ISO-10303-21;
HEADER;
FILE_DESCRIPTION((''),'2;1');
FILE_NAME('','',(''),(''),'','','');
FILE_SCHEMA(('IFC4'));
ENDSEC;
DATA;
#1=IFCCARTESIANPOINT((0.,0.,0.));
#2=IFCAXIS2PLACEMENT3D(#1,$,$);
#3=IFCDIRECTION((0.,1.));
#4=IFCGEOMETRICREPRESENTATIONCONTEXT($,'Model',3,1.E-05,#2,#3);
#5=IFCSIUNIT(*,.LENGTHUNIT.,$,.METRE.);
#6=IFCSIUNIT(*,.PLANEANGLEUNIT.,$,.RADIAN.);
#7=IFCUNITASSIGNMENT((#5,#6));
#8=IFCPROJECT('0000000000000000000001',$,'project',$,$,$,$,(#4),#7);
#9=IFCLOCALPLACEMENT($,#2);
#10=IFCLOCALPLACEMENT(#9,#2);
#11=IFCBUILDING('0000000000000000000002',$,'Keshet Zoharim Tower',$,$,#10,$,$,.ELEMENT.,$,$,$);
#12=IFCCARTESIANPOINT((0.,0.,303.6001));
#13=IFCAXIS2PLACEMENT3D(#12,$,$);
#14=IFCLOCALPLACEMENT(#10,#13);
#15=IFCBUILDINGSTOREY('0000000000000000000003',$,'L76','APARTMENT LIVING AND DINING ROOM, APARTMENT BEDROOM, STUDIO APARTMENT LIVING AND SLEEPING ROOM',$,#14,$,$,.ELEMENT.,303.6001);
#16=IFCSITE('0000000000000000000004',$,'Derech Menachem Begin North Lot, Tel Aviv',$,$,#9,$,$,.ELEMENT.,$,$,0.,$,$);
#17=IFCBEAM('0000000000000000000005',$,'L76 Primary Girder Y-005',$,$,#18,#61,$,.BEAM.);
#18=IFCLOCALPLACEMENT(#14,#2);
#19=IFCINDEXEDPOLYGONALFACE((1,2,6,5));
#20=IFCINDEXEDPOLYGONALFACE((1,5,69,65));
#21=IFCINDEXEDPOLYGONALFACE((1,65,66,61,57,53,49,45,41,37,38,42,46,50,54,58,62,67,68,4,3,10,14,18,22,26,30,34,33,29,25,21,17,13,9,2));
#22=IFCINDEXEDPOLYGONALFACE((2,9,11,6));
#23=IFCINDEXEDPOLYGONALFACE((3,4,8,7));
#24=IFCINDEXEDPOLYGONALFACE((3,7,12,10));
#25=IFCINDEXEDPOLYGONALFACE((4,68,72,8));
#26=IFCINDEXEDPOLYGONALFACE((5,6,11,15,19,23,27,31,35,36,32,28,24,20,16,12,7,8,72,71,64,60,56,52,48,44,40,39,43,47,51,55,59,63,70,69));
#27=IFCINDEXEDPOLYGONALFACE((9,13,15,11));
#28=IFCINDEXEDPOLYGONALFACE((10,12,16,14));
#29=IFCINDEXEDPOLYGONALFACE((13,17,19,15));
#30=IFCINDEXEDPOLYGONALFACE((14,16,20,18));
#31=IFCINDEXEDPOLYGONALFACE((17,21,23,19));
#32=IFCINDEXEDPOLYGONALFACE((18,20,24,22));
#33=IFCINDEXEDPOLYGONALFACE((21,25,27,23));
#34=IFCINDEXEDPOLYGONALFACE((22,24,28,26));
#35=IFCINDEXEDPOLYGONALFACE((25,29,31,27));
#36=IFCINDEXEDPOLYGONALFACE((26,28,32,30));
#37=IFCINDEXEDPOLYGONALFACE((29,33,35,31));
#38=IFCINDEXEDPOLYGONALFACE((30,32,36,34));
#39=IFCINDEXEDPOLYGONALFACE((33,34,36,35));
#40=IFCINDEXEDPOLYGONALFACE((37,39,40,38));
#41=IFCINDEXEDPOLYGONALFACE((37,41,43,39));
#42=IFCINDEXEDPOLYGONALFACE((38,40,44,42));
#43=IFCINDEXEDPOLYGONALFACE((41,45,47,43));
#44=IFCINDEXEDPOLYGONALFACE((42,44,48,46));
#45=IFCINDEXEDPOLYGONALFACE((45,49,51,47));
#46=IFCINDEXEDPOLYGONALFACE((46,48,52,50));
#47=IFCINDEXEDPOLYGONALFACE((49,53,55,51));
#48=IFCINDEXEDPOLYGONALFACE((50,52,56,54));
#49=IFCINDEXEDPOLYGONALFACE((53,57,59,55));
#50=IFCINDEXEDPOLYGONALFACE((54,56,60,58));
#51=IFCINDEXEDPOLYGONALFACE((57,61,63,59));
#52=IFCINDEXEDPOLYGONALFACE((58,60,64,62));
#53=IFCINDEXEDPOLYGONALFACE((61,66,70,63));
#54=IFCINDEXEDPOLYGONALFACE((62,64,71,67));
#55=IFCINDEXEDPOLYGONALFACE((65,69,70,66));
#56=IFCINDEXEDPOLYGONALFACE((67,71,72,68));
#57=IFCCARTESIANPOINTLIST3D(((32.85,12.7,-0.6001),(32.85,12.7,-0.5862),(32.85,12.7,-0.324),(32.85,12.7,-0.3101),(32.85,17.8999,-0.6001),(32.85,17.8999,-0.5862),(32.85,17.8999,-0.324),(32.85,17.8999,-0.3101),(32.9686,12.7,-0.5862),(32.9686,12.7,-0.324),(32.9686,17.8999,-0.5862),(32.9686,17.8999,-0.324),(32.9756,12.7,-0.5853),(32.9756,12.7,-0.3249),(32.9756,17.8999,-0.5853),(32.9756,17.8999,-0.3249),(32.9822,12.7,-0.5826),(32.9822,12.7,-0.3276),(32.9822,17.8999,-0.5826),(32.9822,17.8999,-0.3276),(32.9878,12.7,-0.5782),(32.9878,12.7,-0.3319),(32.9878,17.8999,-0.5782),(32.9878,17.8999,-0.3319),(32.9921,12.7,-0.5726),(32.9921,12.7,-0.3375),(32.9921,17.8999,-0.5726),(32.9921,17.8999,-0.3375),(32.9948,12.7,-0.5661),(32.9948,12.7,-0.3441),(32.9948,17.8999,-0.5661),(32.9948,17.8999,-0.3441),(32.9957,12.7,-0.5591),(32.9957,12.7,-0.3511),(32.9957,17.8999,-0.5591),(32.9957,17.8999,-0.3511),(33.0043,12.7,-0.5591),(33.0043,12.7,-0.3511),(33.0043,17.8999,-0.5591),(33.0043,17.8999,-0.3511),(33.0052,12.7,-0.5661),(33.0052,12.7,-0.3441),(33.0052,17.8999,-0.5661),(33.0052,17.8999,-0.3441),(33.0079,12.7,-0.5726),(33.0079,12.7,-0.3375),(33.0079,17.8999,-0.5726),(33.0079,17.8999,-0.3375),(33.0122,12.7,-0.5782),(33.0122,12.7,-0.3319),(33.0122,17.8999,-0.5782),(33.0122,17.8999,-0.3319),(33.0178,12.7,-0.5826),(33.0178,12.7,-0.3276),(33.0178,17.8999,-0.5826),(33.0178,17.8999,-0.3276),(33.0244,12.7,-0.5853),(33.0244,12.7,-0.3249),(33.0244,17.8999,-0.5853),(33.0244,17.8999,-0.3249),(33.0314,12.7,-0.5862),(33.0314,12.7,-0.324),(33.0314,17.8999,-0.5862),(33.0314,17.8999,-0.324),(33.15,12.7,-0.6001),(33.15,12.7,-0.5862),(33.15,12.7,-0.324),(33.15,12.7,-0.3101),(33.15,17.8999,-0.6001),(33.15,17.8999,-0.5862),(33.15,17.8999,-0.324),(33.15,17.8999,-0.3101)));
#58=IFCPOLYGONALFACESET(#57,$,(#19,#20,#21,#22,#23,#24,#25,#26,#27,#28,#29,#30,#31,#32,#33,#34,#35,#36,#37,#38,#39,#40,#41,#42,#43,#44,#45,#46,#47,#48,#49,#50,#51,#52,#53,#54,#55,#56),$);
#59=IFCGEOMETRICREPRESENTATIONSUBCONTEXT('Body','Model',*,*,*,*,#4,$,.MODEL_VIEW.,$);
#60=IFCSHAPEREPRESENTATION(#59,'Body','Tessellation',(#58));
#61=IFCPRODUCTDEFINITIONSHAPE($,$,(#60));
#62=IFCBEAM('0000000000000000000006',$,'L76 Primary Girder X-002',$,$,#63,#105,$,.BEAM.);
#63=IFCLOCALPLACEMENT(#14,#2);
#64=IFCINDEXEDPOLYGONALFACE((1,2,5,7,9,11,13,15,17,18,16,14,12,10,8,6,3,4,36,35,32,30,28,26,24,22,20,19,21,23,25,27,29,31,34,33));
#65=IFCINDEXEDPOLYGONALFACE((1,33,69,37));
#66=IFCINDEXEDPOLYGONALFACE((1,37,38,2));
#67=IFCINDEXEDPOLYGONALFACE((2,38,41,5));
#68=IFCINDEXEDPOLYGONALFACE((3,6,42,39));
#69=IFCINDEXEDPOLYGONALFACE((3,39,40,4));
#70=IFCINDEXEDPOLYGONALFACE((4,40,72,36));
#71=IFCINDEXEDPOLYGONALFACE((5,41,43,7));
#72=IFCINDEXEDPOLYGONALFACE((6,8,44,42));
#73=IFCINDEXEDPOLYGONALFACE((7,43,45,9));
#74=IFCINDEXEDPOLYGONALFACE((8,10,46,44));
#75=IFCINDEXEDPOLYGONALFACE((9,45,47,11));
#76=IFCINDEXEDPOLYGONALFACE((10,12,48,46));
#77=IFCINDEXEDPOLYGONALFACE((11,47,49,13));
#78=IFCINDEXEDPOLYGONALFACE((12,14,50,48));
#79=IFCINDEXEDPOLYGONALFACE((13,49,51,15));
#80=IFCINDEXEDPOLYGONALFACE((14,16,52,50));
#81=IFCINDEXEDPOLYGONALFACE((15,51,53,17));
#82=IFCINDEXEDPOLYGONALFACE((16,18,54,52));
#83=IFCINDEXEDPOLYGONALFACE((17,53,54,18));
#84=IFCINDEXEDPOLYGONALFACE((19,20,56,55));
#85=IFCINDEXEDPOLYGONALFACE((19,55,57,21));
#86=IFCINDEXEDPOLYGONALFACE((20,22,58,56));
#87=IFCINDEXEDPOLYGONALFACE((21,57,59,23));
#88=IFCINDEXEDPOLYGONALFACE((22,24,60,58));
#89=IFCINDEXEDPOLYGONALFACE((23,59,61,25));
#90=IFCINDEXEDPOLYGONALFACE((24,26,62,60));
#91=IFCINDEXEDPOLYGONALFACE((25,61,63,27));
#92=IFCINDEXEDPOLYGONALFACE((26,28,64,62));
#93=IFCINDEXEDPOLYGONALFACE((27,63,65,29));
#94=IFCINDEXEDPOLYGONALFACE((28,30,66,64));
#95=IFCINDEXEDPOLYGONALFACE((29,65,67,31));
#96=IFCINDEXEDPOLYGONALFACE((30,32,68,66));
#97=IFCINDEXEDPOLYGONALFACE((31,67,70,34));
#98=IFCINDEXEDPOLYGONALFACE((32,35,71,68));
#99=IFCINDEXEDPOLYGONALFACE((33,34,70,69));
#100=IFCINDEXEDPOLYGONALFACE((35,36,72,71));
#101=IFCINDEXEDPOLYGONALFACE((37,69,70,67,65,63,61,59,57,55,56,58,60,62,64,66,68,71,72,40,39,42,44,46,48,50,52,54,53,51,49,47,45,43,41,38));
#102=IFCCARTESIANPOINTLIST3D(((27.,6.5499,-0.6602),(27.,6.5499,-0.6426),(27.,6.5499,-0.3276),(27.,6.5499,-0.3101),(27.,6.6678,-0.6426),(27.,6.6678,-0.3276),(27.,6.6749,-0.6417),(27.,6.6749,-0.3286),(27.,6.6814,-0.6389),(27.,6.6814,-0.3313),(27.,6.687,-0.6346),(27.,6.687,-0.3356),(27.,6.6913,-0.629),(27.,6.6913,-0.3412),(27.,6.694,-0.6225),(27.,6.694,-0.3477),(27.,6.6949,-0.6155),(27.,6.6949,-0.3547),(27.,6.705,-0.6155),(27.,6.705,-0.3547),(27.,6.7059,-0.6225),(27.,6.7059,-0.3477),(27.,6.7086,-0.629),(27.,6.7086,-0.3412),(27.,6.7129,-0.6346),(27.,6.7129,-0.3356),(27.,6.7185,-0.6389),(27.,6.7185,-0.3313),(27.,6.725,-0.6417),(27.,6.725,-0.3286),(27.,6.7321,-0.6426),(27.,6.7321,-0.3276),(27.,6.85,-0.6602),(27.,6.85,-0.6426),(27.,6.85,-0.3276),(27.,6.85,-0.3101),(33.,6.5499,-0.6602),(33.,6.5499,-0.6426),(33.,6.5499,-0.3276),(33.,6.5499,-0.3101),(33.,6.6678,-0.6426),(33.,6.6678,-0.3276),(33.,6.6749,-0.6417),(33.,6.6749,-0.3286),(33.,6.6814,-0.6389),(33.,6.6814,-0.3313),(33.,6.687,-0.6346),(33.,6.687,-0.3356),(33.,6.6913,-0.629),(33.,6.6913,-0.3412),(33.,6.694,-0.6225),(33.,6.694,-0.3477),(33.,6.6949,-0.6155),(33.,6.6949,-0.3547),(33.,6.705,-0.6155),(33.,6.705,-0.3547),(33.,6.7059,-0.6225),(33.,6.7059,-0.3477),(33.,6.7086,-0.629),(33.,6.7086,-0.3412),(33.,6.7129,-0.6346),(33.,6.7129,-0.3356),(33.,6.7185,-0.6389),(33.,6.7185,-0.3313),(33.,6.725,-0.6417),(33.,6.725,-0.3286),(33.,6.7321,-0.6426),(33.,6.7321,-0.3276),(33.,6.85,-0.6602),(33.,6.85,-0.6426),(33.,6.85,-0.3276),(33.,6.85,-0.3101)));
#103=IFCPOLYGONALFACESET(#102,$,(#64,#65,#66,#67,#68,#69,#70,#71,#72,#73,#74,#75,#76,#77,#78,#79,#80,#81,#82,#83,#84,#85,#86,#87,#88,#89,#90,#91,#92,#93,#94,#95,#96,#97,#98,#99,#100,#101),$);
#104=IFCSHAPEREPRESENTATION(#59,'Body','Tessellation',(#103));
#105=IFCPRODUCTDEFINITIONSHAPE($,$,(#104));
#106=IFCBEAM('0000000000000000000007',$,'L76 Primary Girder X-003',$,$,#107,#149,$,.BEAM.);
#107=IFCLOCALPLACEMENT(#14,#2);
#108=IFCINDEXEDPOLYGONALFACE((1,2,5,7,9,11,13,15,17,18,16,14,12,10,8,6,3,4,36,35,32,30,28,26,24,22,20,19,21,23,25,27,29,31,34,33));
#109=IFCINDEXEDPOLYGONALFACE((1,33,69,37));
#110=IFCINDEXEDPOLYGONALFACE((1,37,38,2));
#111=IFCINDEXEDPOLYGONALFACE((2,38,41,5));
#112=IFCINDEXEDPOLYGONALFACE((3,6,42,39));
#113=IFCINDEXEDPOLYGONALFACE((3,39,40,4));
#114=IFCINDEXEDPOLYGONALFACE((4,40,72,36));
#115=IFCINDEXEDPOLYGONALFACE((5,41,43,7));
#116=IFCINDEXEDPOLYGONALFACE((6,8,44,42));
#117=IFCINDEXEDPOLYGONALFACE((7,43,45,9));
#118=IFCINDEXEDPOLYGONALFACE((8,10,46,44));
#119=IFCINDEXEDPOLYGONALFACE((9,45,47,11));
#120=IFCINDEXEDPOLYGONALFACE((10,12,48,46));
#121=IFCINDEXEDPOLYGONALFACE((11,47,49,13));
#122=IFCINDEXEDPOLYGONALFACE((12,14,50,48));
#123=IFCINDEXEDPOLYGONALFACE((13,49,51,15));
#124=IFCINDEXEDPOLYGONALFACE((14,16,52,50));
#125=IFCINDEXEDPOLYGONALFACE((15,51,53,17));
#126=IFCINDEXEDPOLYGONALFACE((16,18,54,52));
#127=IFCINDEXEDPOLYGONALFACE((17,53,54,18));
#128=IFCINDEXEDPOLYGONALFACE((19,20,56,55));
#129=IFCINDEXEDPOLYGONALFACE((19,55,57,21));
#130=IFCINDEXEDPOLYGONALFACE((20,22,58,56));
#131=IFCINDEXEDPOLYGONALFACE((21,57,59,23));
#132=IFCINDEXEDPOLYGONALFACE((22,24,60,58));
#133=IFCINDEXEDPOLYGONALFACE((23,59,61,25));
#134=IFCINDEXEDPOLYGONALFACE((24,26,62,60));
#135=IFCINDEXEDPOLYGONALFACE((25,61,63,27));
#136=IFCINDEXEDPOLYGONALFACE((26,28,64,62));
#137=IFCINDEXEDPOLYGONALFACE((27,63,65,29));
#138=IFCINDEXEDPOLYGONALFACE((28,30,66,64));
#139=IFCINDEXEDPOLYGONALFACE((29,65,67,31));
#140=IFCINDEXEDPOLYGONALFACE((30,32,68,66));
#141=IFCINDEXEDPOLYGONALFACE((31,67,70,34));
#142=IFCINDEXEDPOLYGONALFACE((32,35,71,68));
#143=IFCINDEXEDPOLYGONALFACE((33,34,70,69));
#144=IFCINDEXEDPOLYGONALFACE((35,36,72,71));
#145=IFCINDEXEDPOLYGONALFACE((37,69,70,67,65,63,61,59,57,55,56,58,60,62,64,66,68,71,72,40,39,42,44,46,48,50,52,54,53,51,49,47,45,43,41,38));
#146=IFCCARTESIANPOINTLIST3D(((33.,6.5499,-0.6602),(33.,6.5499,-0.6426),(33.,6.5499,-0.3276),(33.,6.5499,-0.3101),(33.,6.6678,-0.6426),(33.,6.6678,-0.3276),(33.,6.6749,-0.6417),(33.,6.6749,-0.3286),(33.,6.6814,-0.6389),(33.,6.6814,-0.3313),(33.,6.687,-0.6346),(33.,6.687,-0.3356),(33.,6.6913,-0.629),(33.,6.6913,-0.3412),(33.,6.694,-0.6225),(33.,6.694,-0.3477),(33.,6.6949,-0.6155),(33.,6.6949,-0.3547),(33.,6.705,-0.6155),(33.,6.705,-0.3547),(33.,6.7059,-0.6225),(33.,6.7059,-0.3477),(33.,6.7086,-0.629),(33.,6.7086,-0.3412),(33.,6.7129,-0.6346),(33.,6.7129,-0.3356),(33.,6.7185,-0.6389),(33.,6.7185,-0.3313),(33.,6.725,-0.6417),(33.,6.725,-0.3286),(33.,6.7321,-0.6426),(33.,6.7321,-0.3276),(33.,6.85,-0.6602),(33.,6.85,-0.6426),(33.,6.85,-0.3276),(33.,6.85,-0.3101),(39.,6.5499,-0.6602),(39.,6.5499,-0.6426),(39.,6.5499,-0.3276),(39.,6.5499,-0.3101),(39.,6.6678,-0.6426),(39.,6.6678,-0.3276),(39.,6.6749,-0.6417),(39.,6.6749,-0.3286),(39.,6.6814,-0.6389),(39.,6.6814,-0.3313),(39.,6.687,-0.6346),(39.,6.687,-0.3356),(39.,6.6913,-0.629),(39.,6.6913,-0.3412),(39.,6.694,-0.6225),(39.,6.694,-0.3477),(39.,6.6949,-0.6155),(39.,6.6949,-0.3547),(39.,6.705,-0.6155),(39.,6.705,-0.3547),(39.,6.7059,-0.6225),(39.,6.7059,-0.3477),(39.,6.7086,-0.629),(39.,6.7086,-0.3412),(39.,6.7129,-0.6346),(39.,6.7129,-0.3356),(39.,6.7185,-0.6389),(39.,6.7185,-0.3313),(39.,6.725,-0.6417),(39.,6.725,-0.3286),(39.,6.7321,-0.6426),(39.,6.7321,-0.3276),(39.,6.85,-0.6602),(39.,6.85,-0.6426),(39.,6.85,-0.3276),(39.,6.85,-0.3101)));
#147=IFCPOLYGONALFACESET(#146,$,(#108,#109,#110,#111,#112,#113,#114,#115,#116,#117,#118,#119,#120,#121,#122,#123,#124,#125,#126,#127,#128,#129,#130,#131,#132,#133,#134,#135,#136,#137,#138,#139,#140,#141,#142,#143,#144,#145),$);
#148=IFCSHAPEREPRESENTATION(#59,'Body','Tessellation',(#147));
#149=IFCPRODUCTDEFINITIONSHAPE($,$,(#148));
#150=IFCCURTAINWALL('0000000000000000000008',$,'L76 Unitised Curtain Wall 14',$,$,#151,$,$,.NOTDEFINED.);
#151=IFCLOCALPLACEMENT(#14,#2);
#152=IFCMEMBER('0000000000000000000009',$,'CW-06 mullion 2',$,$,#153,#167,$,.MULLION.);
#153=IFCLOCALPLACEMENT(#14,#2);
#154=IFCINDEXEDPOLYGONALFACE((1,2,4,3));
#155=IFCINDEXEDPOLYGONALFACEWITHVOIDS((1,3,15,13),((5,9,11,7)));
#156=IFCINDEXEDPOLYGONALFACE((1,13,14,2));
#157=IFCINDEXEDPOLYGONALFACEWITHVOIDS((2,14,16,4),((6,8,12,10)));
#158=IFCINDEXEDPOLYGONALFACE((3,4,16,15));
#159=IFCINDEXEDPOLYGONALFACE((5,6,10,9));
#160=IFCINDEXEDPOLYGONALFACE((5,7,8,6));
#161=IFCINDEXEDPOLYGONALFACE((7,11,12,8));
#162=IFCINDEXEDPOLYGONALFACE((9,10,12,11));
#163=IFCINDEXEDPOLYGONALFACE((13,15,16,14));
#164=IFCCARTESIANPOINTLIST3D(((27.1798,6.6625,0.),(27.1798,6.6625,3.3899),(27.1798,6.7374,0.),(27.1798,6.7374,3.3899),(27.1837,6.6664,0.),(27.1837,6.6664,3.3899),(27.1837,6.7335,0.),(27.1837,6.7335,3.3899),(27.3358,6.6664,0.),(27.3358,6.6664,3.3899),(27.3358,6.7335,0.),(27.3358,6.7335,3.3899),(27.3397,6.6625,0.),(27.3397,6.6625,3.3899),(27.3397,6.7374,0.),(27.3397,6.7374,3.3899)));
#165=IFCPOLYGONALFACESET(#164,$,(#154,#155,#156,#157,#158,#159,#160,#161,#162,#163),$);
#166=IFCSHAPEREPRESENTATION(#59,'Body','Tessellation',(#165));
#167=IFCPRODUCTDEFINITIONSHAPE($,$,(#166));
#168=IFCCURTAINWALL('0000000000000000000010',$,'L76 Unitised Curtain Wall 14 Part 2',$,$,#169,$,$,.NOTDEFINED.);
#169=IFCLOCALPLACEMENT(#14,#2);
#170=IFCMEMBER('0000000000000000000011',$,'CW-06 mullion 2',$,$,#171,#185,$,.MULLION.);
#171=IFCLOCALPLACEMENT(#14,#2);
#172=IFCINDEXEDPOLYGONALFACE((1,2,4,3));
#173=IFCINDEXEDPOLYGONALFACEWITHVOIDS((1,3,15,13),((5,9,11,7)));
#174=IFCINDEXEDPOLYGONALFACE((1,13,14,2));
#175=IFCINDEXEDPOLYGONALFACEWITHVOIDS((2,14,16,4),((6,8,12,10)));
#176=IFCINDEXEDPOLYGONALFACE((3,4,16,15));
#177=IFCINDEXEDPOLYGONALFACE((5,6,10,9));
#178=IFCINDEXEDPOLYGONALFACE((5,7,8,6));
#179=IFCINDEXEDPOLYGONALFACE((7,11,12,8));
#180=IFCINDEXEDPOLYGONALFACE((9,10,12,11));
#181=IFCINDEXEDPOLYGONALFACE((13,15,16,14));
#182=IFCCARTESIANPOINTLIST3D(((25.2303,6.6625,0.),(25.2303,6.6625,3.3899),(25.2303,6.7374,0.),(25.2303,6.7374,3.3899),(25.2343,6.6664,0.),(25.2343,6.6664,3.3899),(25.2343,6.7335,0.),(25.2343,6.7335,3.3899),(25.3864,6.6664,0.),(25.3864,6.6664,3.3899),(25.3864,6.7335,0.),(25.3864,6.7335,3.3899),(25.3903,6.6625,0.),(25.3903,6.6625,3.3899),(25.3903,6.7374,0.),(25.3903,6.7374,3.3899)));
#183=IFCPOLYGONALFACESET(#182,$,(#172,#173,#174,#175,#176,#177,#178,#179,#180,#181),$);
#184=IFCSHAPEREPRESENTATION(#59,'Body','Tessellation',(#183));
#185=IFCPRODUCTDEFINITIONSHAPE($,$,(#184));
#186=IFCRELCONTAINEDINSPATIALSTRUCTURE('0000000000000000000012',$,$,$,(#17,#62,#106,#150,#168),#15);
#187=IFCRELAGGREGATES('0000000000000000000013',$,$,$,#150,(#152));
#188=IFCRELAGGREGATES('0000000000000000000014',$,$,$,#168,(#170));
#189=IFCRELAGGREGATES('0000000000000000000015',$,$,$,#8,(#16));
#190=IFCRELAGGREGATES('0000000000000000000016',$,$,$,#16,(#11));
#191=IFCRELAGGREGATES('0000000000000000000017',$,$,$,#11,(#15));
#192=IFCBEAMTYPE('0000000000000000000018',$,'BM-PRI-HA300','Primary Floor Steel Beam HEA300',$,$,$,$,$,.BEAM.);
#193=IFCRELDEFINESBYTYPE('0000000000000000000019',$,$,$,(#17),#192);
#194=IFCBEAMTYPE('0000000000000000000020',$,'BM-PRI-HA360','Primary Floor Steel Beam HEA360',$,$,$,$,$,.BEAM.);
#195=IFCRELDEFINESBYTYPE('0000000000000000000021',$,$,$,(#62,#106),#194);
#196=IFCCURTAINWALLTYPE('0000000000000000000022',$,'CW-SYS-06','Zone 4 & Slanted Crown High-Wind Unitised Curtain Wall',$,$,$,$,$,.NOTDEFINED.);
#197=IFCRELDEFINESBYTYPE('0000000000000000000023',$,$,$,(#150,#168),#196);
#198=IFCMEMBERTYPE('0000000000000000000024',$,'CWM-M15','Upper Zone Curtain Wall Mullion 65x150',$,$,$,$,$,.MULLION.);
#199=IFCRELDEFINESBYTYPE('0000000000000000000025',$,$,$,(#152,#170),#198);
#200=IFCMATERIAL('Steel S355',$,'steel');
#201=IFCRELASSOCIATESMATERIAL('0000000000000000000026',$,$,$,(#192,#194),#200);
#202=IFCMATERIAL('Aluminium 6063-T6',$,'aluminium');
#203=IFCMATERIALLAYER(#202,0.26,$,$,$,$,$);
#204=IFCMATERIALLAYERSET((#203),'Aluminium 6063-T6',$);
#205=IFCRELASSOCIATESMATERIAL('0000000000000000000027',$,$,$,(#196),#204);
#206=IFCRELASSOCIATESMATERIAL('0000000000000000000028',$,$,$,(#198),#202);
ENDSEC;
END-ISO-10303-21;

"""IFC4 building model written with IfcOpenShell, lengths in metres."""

from ifc_helpers import new_model, si_unit, direction, frame, origin, origin_2d, place, context, subcontext, project, spatial, hollow_rectangle, i_section, extrude, material, layer, layer_set, material_profile, profile_set, type_object, element, aggregate, save


model = new_model("IFC4")

# Units and contexts
model_context = context("Model", 3, precision=1e-05, world=origin(), true_north=direction((0.0, 1.0)))
body_context = subcontext(model_context, "Body", "Model", "MODEL_VIEW")
ifc_project = project(units=[si_unit("LENGTHUNIT", "METRE"), si_unit("PLANEANGLEUNIT", "RADIAN")], contexts=[model_context])

# Site, building, storey
site_placement = place(None, origin())
site = spatial("IfcSite", under=ifc_project, at=site_placement, Name="Derech Menachem Begin North Lot, Tel Aviv", CompositionType="ELEMENT", RefElevation=0.0)
building_placement = place(site_placement, origin())
building = spatial("IfcBuilding", under=site, at=building_placement, Name="Keshet Zoharim Tower", CompositionType="ELEMENT")
storey_placement = place(building_placement, frame((0.0, 0.0, 303.6001)))
storey = spatial("IfcBuildingStorey", under=building, at=storey_placement, Name="L76", Description="APARTMENT LIVING AND DINING ROOM, APARTMENT BEDROOM, STUDIO APARTMENT LIVING AND SLEEPING ROOM", CompositionType="ELEMENT", Elevation=303.6001)

# Shared definitions
ifc_material_1 = material(Name="Steel S355", Category="steel")

# Beams
ifc_material_profile_1 = material_profile(ifc_material_1, i_section(OverallWidth=0.3, OverallDepth=0.29, WebThickness=0.0085, FlangeThickness=0.0139, FilletRadius=0.0271, at=origin_2d()), Name="HEA300")
ifc_profile_set_1 = profile_set([ifc_material_profile_1], Name="Steel S355")
beam_type_1 = type_object("IfcBeamType", Name="BM-PRI-HA300", Description="Primary Floor Steel Beam HEA300", PredefinedType="BEAM", material=ifc_profile_set_1)
beam_1_placement = place(storey_placement, frame((33.0, 12.7, -0.4551), z_axis=(0.0, 1.0, 0.0), x_axis=(-1.0, 0.0, 0.0)))
element("IfcBeam", 1, at=beam_1_placement, inside=storey, type_object=beam_type_1, Name="L76 Primary Girder Y-005", PredefinedType="BEAM", context=body_context, shape_type="SweptSolid", body=[
    extrude(i_section(OverallWidth=0.3, OverallDepth=0.29, WebThickness=0.0085, FlangeThickness=0.0139, FilletRadius=0.0271, at=origin_2d()), origin(), (0.0, 0.0, 1.0), 5.2),
])
ifc_material_profile_2 = material_profile(ifc_material_1, i_section(OverallWidth=0.3, OverallDepth=0.3501, WebThickness=0.01, FlangeThickness=0.0176, FilletRadius=0.0271, at=origin_2d()), Name="HEA360")
ifc_profile_set_2 = profile_set([ifc_material_profile_2], Name="Steel S355")
beam_type_2 = type_object("IfcBeamType", Name="BM-PRI-HA360", Description="Primary Floor Steel Beam HEA360", PredefinedType="BEAM", material=ifc_profile_set_2)
for number, where, z_axis, x_axis, name in (
    (2, (27.0, 6.7, -0.4851), (1.0, 0.0, 0.0), (0.0, 1.0, 0.0), "L76 Primary Girder X-002"),
    (3, (33.0, 6.7, -0.4851), (1.0, 0.0, 0.0), (0.0, 1.0, 0.0), "L76 Primary Girder X-003"),
):
    element("IfcBeam", number, at=place(storey_placement, frame(where, z_axis=z_axis, x_axis=x_axis)), inside=storey, type_object=beam_type_2, Name=name, PredefinedType="BEAM", context=body_context, shape_type="SweptSolid", body=[
        extrude(i_section(OverallWidth=0.3, OverallDepth=0.3501, WebThickness=0.01, FlangeThickness=0.0176, FilletRadius=0.0271, at=origin_2d()), origin(), (0.0, 0.0, 1.0), 6.0),
    ])

# Curtain wall, member
ifc_material_2 = material(Name="Aluminium 6063-T6", Category="aluminium")
ifc_layer_1 = layer(ifc_material_2, 0.26)
ifc_layer_set_1 = layer_set([ifc_layer_1], Name="Aluminium 6063-T6")
curtain_wall_type = type_object("IfcCurtainWallType", Name="CW-SYS-06", Description="Zone 4 & Slanted Crown High-Wind Unitised Curtain Wall", PredefinedType="NOTDEFINED", material=ifc_layer_set_1)
curtain_wall_1_placement = place(storey_placement, origin())
curtain_wall_1 = element("IfcCurtainWall", 4, at=curtain_wall_1_placement, inside=storey, type_object=curtain_wall_type, Name="L76 Unitised Curtain Wall 14", PredefinedType="NOTDEFINED")
ifc_material_profile_3 = material_profile(ifc_material_2, hollow_rectangle(XDim=0.075, YDim=0.1599, WallThickness=0.0039, at=origin_2d()), Name="MUL-75x160")
ifc_profile_set_3 = profile_set([ifc_material_profile_3], Name="Aluminium 6063-T6")
member_type_1 = type_object("IfcMemberType", Name="CWM-M15", Description="Upper Zone Curtain Wall Mullion 65x150", PredefinedType="MULLION", material=ifc_profile_set_3)
member_1_placement = place(storey_placement, frame((27.2598, 6.7, 0.0), z_axis=(0.0, 0.0, 1.0), x_axis=(0.0, -1.0, 0.0)))
member_1 = element("IfcMember", 5, at=member_1_placement, type_object=member_type_1, Name="CW-06 mullion 2", PredefinedType="MULLION", context=body_context, shape_type="SweptSolid", body=[
    extrude(hollow_rectangle(XDim=0.075, YDim=0.1599, WallThickness=0.0039, at=origin_2d()), origin(), (0.0, 0.0, 1.0), 3.3899),
])
aggregate(curtain_wall_1, [member_1])

# Curtain wall, member
curtain_wall_2_placement = place(storey_placement, origin())
curtain_wall_2 = element("IfcCurtainWall", 6, at=curtain_wall_2_placement, inside=storey, type_object=curtain_wall_type, Name="L76 Unitised Curtain Wall 14 Part 2", PredefinedType="NOTDEFINED")
member_2_placement = place(storey_placement, frame((25.3103, 6.7, 0.0), z_axis=(0.0, 0.0, 1.0), x_axis=(0.0, -1.0, 0.0)))
member_2 = element("IfcMember", 7, at=member_2_placement, type_object=member_type_1, Name="CW-06 mullion 2", PredefinedType="MULLION", context=body_context, shape_type="SweptSolid", body=[
    extrude(hollow_rectangle(XDim=0.075, YDim=0.1599, WallThickness=0.0039, at=origin_2d()), origin(), (0.0, 0.0, 1.0), 3.3899),
])

aggregate(curtain_wall_2, [member_2])

save(model, "model.ifc")
